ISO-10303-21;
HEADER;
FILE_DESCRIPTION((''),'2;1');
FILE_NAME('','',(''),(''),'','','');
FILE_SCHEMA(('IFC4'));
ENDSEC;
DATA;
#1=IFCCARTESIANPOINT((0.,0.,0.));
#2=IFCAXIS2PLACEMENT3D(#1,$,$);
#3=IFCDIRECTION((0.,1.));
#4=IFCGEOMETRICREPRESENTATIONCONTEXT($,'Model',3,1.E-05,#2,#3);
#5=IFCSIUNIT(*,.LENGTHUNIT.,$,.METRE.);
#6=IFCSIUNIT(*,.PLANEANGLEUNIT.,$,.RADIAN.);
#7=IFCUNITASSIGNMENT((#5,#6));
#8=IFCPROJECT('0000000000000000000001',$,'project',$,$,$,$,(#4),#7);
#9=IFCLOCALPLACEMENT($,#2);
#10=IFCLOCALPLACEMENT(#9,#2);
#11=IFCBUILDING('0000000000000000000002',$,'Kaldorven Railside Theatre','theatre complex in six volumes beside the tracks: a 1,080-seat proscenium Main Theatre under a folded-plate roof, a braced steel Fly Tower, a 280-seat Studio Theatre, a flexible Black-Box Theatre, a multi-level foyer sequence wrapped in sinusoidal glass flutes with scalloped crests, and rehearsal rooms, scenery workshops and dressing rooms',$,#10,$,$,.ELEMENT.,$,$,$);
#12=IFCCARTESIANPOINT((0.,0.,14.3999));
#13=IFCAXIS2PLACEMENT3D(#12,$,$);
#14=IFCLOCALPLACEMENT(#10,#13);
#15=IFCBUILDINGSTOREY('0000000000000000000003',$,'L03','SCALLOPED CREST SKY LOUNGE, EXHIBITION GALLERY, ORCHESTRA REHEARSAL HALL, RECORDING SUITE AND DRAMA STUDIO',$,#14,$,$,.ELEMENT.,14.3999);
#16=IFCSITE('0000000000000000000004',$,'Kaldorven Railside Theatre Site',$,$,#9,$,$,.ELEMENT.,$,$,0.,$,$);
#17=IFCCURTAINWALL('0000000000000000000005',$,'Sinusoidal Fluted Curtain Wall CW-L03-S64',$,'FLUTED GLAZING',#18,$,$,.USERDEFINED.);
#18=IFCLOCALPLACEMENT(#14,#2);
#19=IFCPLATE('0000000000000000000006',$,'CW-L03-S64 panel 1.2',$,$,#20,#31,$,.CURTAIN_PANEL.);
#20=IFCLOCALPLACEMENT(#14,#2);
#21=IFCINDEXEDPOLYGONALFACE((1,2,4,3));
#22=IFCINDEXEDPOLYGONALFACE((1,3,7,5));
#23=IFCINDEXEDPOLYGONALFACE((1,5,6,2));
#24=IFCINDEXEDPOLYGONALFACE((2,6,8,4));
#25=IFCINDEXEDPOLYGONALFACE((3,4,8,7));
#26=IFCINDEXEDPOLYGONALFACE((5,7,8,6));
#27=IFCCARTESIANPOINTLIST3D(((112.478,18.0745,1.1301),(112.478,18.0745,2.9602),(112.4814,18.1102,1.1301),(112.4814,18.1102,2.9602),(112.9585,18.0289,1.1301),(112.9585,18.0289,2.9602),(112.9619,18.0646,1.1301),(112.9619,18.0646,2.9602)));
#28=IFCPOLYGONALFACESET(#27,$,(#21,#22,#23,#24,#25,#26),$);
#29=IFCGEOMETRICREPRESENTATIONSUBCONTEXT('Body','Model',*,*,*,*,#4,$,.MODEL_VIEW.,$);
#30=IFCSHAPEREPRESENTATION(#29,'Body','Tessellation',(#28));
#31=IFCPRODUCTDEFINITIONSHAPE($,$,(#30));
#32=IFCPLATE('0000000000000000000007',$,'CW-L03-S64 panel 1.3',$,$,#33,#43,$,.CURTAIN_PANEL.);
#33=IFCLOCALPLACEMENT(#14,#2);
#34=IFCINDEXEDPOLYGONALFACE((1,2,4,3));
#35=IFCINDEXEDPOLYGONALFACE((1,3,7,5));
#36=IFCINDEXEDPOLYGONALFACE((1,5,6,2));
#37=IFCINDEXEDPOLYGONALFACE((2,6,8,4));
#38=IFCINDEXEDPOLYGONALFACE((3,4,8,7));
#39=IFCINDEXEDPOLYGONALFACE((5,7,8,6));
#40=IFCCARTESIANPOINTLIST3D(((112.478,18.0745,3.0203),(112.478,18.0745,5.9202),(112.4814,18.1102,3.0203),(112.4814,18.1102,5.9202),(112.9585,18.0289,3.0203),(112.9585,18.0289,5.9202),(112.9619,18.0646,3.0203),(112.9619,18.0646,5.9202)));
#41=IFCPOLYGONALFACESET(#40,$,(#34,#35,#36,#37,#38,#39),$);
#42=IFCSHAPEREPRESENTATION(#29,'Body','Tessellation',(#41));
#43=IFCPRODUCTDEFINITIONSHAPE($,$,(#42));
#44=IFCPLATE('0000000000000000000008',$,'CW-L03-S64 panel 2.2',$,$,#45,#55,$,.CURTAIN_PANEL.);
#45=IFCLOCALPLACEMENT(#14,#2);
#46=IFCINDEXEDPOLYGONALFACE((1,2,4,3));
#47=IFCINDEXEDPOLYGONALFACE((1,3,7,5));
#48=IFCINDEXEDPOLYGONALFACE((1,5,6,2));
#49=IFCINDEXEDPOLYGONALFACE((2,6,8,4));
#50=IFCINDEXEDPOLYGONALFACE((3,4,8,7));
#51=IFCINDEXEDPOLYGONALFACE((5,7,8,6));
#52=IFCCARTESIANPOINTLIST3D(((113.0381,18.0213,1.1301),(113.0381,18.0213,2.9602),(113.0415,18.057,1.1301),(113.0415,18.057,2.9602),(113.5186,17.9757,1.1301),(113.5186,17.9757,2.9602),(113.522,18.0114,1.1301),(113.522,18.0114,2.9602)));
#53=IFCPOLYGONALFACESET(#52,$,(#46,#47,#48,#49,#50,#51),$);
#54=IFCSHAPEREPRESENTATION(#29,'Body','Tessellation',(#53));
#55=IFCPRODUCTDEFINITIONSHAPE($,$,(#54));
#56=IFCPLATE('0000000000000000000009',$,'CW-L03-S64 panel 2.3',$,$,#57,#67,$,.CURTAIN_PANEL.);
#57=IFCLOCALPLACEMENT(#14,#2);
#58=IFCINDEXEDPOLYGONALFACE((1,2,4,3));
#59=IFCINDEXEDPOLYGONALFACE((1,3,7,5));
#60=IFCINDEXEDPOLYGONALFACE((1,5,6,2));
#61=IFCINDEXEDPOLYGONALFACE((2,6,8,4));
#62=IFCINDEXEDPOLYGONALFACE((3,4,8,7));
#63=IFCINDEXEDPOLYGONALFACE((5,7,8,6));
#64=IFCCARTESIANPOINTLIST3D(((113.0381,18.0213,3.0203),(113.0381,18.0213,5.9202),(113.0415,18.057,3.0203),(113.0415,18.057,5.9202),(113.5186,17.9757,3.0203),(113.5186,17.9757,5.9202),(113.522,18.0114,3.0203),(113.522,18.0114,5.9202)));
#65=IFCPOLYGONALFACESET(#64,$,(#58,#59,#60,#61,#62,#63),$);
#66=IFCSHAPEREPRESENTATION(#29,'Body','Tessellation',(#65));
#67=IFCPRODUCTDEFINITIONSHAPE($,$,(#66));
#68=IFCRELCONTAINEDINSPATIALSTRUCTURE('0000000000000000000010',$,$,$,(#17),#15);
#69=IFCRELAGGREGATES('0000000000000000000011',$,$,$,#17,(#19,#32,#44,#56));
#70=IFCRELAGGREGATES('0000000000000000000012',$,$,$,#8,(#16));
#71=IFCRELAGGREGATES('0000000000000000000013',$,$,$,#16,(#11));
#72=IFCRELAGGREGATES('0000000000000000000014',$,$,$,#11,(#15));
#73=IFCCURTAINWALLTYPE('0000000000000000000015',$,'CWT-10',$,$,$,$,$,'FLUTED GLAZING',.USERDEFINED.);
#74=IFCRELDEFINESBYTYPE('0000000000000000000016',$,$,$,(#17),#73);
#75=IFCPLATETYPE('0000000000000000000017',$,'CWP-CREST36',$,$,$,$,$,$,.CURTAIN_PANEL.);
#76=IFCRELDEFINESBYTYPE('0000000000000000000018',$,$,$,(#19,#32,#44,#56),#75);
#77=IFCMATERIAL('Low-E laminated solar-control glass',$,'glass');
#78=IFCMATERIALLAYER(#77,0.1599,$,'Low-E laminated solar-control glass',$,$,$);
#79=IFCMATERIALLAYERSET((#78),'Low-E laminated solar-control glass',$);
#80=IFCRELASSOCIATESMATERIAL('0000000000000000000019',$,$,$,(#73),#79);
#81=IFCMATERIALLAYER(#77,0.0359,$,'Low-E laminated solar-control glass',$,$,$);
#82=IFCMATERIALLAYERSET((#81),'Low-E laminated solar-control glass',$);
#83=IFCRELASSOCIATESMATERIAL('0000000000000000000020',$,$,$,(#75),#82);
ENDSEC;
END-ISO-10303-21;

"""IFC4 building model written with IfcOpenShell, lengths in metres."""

from ifc_helpers import new_model, si_unit, direction, frame, origin, origin_2d, place, context, subcontext, project, spatial, rectangle, extrude, material, layer, layer_set, type_object, element, aggregate, save


model = new_model("IFC4")

# Units and contexts
model_context = context("Model", 3, precision=1e-05, world=origin(), true_north=direction((0.0, 1.0)))
body_context = subcontext(model_context, "Body", "Model", "MODEL_VIEW")
ifc_project = project(units=[si_unit("LENGTHUNIT", "METRE"), si_unit("PLANEANGLEUNIT", "RADIAN")], contexts=[model_context])

# Site, building, storey
site_placement = place(None, origin())
site = spatial("IfcSite", under=ifc_project, at=site_placement, Name="Kaldorven Railside Theatre Site", CompositionType="ELEMENT", RefElevation=0.0)
building_placement = place(site_placement, origin())
building = spatial("IfcBuilding", under=site, at=building_placement, Name="Kaldorven Railside Theatre", Description="theatre complex in six volumes beside the tracks: a 1,080-seat proscenium Main Theatre under a folded-plate roof, a braced steel Fly Tower, a 280-seat Studio Theatre, a flexible Black-Box Theatre, a multi-level foyer sequence wrapped in sinusoidal glass flutes with scalloped crests, and rehearsal rooms, scenery workshops and dressing rooms", CompositionType="ELEMENT")
storey_placement = place(building_placement, frame((0.0, 0.0, 14.3999)))
storey = spatial("IfcBuildingStorey", under=building, at=storey_placement, Name="L03", Description="SCALLOPED CREST SKY LOUNGE, EXHIBITION GALLERY, ORCHESTRA REHEARSAL HALL, RECORDING SUITE AND DRAMA STUDIO", CompositionType="ELEMENT", Elevation=14.3999)

# Curtain wall
ifc_material_1 = material(Name="Low-E laminated solar-control glass", Category="glass")
ifc_layer_1 = layer(ifc_material_1, 0.1599, Name="Low-E laminated solar-control glass")
ifc_layer_set_1 = layer_set([ifc_layer_1], Name="Low-E laminated solar-control glass")
curtain_wall_type_1 = type_object("IfcCurtainWallType", Name="CWT-10", ElementType="FLUTED GLAZING", PredefinedType="USERDEFINED", material=ifc_layer_set_1)
curtain_wall_1_placement = place(storey_placement, origin())
curtain_wall_1 = element("IfcCurtainWall", 1, at=curtain_wall_1_placement, inside=storey, type_object=curtain_wall_type_1, Name="Sinusoidal Fluted Curtain Wall CW-L03-S64", ObjectType="FLUTED GLAZING", PredefinedType="USERDEFINED")

# Plates
ifc_layer_2 = layer(ifc_material_1, 0.0359, Name="Low-E laminated solar-control glass")
ifc_layer_set_2 = layer_set([ifc_layer_2], Name="Low-E laminated solar-control glass")
plate_type = type_object("IfcPlateType", Name="CWP-CREST36", PredefinedType="CURTAIN_PANEL", material=ifc_layer_set_2)
plate_1_placement = place(storey_placement, frame((112.72, 18.0696, 1.1301), z_axis=(0.0, 0.0, 1.0), x_axis=(0.995526, -0.094492, 0.0)))
plate_1 = element("IfcPlate", 2, at=plate_1_placement, type_object=plate_type, Name="CW-L03-S64 panel 1.2", PredefinedType="CURTAIN_PANEL", context=body_context, shape_type="SweptSolid", body=[
    extrude(rectangle(XDim=0.4827, YDim=0.0359, at=origin_2d()), origin(), (0.0, 0.0, 1.0), 1.8301),
])
plate_2_placement = place(storey_placement, frame((112.72, 18.0696, 3.0203), z_axis=(0.0, 0.0, 1.0), x_axis=(0.995526, -0.094492, 0.0)))
plate_2 = element("IfcPlate", 3, at=plate_2_placement, type_object=plate_type, Name="CW-L03-S64 panel 1.3", PredefinedType="CURTAIN_PANEL", context=body_context, shape_type="SweptSolid", body=[
    extrude(rectangle(XDim=0.4827, YDim=0.0359, at=origin_2d()), origin(), (0.0, 0.0, 1.0), 2.8999),
])
plate_3_placement = place(storey_placement, frame((113.28, 18.0164, 1.1301), z_axis=(0.0, 0.0, 1.0), x_axis=(0.995526, -0.094492, 0.0)))
plate_3 = element("IfcPlate", 4, at=plate_3_placement, type_object=plate_type, Name="CW-L03-S64 panel 2.2", PredefinedType="CURTAIN_PANEL", context=body_context, shape_type="SweptSolid", body=[
    extrude(rectangle(XDim=0.4827, YDim=0.0359, at=origin_2d()), origin(), (0.0, 0.0, 1.0), 1.8301),
])
plate_4_placement = place(storey_placement, frame((113.28, 18.0164, 3.0203), z_axis=(0.0, 0.0, 1.0), x_axis=(0.995526, -0.094492, 0.0)))
plate_4 = element("IfcPlate", 5, at=plate_4_placement, type_object=plate_type, Name="CW-L03-S64 panel 2.3", PredefinedType="CURTAIN_PANEL", context=body_context, shape_type="SweptSolid", body=[
    extrude(rectangle(XDim=0.4827, YDim=0.0359, at=origin_2d()), origin(), (0.0, 0.0, 1.0), 2.8999),
])
aggregate(curtain_wall_1, [plate_1, plate_2, plate_3, plate_4])

save(model, "model.ifc")
